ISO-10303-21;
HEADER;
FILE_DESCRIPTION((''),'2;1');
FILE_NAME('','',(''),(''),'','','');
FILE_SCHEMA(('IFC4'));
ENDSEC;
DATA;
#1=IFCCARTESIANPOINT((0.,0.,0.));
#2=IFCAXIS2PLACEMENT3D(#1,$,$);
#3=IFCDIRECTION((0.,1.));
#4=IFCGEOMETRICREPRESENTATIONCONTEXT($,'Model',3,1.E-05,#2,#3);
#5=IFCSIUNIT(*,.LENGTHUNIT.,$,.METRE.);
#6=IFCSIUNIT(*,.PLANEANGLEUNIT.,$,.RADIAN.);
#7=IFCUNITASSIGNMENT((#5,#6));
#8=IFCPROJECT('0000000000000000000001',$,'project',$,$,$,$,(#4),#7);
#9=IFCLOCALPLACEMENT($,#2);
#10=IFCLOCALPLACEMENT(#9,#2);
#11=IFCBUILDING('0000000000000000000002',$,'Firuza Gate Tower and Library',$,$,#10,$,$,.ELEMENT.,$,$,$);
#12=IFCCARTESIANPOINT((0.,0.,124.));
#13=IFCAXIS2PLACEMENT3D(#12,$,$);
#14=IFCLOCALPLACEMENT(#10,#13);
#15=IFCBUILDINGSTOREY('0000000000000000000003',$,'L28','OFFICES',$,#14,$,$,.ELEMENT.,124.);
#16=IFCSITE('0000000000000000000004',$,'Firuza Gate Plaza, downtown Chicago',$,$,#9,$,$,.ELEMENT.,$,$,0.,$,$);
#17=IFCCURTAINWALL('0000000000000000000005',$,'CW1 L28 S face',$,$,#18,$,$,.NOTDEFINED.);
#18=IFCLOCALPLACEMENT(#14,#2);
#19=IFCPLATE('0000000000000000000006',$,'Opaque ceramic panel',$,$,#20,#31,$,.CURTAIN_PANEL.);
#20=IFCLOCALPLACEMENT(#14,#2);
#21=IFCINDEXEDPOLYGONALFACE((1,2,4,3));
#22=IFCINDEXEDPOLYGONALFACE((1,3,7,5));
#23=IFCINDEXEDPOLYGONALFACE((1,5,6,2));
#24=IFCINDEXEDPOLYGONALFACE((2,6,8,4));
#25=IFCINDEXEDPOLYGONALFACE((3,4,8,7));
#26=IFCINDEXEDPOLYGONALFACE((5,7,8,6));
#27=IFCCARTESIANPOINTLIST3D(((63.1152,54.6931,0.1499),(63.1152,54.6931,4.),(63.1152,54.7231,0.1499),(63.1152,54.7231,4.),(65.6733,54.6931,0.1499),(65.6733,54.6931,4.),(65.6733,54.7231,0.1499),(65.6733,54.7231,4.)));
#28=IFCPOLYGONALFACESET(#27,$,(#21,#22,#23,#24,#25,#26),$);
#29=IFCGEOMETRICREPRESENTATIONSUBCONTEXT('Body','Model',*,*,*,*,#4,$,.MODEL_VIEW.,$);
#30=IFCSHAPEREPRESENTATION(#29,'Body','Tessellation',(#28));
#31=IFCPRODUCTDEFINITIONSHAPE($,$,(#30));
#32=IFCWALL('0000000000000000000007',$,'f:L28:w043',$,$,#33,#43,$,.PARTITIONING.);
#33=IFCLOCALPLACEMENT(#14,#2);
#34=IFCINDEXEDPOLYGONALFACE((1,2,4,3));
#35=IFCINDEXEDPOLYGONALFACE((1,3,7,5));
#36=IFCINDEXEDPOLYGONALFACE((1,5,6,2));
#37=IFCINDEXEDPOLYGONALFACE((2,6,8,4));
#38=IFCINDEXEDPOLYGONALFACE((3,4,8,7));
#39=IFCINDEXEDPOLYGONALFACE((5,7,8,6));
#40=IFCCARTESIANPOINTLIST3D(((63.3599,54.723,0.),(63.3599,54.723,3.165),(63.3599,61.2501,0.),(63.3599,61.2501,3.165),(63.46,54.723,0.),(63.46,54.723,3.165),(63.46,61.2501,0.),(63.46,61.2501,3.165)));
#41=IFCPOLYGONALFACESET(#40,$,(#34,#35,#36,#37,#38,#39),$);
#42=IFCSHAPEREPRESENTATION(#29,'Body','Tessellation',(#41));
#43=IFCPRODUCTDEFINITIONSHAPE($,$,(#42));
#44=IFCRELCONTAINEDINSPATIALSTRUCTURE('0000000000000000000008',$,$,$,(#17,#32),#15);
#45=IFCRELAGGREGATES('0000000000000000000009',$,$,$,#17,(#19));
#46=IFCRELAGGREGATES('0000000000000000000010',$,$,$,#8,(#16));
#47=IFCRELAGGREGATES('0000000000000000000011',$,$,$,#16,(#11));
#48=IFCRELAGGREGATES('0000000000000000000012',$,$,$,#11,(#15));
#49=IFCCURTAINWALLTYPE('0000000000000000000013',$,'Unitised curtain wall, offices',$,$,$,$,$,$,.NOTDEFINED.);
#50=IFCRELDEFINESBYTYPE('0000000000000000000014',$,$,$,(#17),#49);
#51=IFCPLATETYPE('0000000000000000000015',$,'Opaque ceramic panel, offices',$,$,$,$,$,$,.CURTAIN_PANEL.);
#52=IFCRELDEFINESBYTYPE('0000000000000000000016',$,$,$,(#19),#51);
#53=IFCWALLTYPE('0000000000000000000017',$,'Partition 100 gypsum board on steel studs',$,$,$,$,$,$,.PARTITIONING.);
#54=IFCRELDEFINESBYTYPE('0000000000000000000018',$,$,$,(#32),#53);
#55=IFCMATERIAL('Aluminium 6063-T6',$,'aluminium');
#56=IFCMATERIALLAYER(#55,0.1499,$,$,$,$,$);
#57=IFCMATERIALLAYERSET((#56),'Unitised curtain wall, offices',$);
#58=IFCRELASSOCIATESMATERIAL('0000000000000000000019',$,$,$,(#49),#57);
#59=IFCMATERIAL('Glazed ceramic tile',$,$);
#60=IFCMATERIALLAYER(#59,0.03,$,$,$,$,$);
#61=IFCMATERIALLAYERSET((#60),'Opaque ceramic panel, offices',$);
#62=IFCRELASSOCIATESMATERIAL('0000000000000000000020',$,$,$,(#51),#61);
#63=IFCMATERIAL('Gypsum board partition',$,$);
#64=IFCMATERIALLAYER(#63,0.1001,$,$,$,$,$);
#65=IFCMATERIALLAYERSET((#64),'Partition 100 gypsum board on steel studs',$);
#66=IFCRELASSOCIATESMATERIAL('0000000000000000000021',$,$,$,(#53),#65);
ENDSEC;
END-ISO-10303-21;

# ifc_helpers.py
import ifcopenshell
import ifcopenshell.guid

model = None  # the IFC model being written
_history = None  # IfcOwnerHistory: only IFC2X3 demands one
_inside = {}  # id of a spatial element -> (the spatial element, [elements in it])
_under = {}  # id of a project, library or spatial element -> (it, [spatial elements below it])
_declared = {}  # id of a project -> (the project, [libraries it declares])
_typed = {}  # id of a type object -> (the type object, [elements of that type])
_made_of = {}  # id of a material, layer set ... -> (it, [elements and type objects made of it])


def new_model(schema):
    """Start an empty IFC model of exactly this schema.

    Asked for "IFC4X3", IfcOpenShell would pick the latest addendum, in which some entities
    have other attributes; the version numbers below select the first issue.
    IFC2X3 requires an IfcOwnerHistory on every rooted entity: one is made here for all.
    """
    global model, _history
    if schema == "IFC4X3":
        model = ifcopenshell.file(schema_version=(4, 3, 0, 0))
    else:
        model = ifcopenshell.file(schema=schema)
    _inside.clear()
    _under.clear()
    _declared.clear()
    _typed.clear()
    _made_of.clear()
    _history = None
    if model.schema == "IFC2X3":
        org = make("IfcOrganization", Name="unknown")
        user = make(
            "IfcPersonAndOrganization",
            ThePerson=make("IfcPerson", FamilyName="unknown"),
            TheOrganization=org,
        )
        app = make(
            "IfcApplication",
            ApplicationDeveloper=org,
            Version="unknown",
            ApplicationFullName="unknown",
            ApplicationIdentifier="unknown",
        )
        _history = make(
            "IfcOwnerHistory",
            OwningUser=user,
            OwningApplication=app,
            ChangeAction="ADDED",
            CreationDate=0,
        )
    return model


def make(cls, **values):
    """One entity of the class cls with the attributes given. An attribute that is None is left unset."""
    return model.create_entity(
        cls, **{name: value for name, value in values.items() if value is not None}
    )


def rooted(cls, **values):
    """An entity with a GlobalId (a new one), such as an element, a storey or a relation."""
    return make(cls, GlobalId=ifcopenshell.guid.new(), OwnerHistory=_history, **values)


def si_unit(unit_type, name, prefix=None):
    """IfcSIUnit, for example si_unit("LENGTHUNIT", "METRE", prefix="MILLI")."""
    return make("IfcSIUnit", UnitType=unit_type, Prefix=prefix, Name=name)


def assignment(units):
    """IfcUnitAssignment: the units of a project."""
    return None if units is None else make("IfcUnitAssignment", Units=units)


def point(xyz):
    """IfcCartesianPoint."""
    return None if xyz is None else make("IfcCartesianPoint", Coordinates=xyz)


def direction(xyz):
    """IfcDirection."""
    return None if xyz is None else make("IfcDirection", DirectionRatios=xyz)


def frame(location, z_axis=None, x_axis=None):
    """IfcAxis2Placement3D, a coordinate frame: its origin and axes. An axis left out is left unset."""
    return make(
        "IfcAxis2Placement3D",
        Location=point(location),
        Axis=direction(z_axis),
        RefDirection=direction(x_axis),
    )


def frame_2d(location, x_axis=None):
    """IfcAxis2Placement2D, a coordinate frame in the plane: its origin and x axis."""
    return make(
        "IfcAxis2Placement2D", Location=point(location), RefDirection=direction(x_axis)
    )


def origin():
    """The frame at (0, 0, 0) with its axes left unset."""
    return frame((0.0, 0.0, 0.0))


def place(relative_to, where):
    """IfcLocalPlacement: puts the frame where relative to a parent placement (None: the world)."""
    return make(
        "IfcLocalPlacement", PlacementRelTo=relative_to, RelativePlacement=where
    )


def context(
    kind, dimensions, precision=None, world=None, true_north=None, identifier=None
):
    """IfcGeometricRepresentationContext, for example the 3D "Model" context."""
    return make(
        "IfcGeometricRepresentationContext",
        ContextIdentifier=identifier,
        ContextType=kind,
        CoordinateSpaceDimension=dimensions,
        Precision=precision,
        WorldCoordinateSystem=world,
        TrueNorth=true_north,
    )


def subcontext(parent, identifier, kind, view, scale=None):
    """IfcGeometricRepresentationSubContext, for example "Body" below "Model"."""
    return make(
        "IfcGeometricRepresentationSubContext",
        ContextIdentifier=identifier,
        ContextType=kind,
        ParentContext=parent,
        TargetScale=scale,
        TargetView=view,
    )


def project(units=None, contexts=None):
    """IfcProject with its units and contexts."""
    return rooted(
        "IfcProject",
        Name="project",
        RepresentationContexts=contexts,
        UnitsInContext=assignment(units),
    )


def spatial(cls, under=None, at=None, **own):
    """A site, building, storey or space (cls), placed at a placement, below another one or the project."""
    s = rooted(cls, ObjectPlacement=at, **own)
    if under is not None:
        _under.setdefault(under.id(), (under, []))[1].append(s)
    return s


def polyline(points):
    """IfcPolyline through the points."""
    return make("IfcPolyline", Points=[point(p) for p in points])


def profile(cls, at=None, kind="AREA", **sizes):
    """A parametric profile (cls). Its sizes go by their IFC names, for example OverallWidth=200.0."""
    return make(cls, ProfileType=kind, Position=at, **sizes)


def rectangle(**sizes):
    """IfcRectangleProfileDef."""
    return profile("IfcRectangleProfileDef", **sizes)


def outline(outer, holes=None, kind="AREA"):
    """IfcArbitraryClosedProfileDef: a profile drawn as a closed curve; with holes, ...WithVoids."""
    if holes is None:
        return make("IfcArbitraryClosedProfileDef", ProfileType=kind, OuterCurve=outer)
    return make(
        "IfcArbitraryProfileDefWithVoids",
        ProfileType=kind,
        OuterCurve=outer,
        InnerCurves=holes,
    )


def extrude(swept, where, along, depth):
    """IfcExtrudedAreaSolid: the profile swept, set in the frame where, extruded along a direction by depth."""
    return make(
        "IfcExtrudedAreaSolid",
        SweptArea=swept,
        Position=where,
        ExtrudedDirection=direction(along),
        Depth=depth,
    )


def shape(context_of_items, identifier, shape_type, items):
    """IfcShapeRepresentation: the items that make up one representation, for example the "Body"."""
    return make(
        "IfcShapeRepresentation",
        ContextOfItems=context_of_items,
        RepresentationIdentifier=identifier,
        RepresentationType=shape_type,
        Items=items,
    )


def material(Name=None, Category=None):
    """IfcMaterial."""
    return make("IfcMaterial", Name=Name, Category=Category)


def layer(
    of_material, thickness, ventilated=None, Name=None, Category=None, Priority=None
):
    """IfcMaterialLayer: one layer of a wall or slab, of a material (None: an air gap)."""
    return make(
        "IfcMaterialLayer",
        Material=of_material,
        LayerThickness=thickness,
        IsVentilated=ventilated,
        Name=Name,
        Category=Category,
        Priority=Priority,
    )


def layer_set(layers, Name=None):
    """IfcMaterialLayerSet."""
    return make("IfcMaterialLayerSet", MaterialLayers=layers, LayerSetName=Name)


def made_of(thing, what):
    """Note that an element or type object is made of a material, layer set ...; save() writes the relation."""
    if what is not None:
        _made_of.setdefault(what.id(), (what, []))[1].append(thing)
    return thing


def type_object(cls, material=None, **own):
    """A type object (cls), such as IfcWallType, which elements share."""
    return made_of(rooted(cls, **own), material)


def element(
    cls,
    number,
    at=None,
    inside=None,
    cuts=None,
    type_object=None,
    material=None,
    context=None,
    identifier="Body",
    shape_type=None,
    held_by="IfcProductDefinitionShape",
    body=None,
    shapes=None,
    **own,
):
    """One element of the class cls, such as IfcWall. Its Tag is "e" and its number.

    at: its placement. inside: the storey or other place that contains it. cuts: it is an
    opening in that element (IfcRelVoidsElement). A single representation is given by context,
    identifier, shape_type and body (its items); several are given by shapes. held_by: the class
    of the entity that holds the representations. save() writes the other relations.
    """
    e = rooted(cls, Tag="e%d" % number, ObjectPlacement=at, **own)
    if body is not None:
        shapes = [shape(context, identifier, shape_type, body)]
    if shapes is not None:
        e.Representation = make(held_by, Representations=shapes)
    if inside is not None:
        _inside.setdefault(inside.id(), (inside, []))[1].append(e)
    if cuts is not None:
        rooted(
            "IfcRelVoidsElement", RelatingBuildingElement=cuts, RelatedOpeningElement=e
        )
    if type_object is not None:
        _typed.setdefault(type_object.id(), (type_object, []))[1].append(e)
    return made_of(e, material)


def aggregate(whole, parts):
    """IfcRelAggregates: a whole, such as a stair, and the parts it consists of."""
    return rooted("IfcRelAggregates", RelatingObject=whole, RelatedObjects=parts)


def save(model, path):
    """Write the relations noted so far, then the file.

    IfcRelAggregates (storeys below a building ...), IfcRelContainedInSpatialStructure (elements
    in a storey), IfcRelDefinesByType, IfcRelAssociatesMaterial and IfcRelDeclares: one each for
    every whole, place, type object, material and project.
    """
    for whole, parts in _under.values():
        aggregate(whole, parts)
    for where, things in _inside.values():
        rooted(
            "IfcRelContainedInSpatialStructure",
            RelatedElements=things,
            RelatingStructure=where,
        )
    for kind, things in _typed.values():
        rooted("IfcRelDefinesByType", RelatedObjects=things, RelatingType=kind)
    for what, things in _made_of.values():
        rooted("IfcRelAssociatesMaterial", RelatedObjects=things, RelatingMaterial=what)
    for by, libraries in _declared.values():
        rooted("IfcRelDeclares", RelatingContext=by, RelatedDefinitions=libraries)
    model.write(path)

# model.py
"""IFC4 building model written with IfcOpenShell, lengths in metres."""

from ifc_helpers import new_model, si_unit, direction, frame, frame_2d, origin, place, context, subcontext, project, spatial, polyline, rectangle, outline, extrude, material, layer, layer_set, type_object, element, aggregate, save


model = new_model("IFC4")

# Units and contexts
model_context = context("Model", 3, precision=1e-05, world=origin(), true_north=direction((0.0, 1.0)))
body_context = subcontext(model_context, "Body", "Model", "MODEL_VIEW")
ifc_project = project(units=[si_unit("LENGTHUNIT", "METRE"), si_unit("PLANEANGLEUNIT", "RADIAN")], contexts=[model_context])

# Site, building, storey
site_placement = place(None, origin())
site = spatial("IfcSite", under=ifc_project, at=site_placement, Name="Firuza Gate Plaza, downtown Chicago", CompositionType="ELEMENT", RefElevation=0.0)
building_placement = place(site_placement, origin())
building = spatial("IfcBuilding", under=site, at=building_placement, Name="Firuza Gate Tower and Library", CompositionType="ELEMENT")
storey_placement = place(building_placement, frame((0.0, 0.0, 124.0)))
storey = spatial("IfcBuildingStorey", under=building, at=storey_placement, Name="L28", Description="OFFICES", CompositionType="ELEMENT", Elevation=124.0)

# Curtain wall
ifc_material_1 = material(Name="Aluminium 6063-T6", Category="aluminium")
ifc_layer_1 = layer(ifc_material_1, 0.1499)
ifc_layer_set_1 = layer_set([ifc_layer_1], Name="Unitised curtain wall, offices")
curtain_wall_type = type_object("IfcCurtainWallType", Name="Unitised curtain wall, offices", PredefinedType="NOTDEFINED", material=ifc_layer_set_1)
curtain_wall_placement = place(storey_placement, origin())
curtain_wall = element("IfcCurtainWall", 1, at=curtain_wall_placement, inside=storey, type_object=curtain_wall_type, Name="CW1 L28 S face", PredefinedType="NOTDEFINED")

# Plate
ifc_material_2 = material(Name="Glazed ceramic tile")
ifc_layer_2 = layer(ifc_material_2, 0.03)
ifc_layer_set_2 = layer_set([ifc_layer_2], Name="Opaque ceramic panel, offices")
plate_type_1 = type_object("IfcPlateType", Name="Opaque ceramic panel, offices", PredefinedType="CURTAIN_PANEL", material=ifc_layer_set_2)
plate_1_placement = place(storey_placement, frame((63.1152, 54.6931, 0.1499), z_axis=(0.0, -1.0, 0.0), x_axis=(1.0, 0.0, 0.0)))
plate_1 = element("IfcPlate", 2, at=plate_1_placement, type_object=plate_type_1, Name="Opaque ceramic panel", PredefinedType="CURTAIN_PANEL", context=body_context, shape_type="SweptSolid", body=[
    extrude(outline(polyline([(0.0, 0.0), (2.5581, 0.0), (2.5581, 3.8501), (0.0, 3.8501), (0.0, 0.0)])), origin(), (0.0, 0.0, -1.0), 0.03),
])
aggregate(curtain_wall, [plate_1])

# Wall
ifc_material_3 = material(Name="Gypsum board partition")
ifc_layer_3 = layer(ifc_material_3, 0.1001)
ifc_layer_set_3 = layer_set([ifc_layer_3], Name="Partition 100 gypsum board on steel studs")
wall_type = type_object("IfcWallType", Name="Partition 100 gypsum board on steel studs", PredefinedType="PARTITIONING", material=ifc_layer_set_3)
wall_placement = place(storey_placement, frame((63.4099, 54.7229, 0.0), z_axis=(0.0, 0.0, 1.0), x_axis=(0.0, 1.0, 0.0)))
element("IfcWall", 3, at=wall_placement, inside=storey, type_object=wall_type, Name="f:L28:w043", PredefinedType="PARTITIONING", context=body_context, shape_type="SweptSolid", body=[
    extrude(rectangle(XDim=6.5271, YDim=0.1001, at=frame_2d((3.2637, 0.0))), origin(), (0.0, 0.0, 1.0), 3.165),
])

save(model, "model.ifc")
